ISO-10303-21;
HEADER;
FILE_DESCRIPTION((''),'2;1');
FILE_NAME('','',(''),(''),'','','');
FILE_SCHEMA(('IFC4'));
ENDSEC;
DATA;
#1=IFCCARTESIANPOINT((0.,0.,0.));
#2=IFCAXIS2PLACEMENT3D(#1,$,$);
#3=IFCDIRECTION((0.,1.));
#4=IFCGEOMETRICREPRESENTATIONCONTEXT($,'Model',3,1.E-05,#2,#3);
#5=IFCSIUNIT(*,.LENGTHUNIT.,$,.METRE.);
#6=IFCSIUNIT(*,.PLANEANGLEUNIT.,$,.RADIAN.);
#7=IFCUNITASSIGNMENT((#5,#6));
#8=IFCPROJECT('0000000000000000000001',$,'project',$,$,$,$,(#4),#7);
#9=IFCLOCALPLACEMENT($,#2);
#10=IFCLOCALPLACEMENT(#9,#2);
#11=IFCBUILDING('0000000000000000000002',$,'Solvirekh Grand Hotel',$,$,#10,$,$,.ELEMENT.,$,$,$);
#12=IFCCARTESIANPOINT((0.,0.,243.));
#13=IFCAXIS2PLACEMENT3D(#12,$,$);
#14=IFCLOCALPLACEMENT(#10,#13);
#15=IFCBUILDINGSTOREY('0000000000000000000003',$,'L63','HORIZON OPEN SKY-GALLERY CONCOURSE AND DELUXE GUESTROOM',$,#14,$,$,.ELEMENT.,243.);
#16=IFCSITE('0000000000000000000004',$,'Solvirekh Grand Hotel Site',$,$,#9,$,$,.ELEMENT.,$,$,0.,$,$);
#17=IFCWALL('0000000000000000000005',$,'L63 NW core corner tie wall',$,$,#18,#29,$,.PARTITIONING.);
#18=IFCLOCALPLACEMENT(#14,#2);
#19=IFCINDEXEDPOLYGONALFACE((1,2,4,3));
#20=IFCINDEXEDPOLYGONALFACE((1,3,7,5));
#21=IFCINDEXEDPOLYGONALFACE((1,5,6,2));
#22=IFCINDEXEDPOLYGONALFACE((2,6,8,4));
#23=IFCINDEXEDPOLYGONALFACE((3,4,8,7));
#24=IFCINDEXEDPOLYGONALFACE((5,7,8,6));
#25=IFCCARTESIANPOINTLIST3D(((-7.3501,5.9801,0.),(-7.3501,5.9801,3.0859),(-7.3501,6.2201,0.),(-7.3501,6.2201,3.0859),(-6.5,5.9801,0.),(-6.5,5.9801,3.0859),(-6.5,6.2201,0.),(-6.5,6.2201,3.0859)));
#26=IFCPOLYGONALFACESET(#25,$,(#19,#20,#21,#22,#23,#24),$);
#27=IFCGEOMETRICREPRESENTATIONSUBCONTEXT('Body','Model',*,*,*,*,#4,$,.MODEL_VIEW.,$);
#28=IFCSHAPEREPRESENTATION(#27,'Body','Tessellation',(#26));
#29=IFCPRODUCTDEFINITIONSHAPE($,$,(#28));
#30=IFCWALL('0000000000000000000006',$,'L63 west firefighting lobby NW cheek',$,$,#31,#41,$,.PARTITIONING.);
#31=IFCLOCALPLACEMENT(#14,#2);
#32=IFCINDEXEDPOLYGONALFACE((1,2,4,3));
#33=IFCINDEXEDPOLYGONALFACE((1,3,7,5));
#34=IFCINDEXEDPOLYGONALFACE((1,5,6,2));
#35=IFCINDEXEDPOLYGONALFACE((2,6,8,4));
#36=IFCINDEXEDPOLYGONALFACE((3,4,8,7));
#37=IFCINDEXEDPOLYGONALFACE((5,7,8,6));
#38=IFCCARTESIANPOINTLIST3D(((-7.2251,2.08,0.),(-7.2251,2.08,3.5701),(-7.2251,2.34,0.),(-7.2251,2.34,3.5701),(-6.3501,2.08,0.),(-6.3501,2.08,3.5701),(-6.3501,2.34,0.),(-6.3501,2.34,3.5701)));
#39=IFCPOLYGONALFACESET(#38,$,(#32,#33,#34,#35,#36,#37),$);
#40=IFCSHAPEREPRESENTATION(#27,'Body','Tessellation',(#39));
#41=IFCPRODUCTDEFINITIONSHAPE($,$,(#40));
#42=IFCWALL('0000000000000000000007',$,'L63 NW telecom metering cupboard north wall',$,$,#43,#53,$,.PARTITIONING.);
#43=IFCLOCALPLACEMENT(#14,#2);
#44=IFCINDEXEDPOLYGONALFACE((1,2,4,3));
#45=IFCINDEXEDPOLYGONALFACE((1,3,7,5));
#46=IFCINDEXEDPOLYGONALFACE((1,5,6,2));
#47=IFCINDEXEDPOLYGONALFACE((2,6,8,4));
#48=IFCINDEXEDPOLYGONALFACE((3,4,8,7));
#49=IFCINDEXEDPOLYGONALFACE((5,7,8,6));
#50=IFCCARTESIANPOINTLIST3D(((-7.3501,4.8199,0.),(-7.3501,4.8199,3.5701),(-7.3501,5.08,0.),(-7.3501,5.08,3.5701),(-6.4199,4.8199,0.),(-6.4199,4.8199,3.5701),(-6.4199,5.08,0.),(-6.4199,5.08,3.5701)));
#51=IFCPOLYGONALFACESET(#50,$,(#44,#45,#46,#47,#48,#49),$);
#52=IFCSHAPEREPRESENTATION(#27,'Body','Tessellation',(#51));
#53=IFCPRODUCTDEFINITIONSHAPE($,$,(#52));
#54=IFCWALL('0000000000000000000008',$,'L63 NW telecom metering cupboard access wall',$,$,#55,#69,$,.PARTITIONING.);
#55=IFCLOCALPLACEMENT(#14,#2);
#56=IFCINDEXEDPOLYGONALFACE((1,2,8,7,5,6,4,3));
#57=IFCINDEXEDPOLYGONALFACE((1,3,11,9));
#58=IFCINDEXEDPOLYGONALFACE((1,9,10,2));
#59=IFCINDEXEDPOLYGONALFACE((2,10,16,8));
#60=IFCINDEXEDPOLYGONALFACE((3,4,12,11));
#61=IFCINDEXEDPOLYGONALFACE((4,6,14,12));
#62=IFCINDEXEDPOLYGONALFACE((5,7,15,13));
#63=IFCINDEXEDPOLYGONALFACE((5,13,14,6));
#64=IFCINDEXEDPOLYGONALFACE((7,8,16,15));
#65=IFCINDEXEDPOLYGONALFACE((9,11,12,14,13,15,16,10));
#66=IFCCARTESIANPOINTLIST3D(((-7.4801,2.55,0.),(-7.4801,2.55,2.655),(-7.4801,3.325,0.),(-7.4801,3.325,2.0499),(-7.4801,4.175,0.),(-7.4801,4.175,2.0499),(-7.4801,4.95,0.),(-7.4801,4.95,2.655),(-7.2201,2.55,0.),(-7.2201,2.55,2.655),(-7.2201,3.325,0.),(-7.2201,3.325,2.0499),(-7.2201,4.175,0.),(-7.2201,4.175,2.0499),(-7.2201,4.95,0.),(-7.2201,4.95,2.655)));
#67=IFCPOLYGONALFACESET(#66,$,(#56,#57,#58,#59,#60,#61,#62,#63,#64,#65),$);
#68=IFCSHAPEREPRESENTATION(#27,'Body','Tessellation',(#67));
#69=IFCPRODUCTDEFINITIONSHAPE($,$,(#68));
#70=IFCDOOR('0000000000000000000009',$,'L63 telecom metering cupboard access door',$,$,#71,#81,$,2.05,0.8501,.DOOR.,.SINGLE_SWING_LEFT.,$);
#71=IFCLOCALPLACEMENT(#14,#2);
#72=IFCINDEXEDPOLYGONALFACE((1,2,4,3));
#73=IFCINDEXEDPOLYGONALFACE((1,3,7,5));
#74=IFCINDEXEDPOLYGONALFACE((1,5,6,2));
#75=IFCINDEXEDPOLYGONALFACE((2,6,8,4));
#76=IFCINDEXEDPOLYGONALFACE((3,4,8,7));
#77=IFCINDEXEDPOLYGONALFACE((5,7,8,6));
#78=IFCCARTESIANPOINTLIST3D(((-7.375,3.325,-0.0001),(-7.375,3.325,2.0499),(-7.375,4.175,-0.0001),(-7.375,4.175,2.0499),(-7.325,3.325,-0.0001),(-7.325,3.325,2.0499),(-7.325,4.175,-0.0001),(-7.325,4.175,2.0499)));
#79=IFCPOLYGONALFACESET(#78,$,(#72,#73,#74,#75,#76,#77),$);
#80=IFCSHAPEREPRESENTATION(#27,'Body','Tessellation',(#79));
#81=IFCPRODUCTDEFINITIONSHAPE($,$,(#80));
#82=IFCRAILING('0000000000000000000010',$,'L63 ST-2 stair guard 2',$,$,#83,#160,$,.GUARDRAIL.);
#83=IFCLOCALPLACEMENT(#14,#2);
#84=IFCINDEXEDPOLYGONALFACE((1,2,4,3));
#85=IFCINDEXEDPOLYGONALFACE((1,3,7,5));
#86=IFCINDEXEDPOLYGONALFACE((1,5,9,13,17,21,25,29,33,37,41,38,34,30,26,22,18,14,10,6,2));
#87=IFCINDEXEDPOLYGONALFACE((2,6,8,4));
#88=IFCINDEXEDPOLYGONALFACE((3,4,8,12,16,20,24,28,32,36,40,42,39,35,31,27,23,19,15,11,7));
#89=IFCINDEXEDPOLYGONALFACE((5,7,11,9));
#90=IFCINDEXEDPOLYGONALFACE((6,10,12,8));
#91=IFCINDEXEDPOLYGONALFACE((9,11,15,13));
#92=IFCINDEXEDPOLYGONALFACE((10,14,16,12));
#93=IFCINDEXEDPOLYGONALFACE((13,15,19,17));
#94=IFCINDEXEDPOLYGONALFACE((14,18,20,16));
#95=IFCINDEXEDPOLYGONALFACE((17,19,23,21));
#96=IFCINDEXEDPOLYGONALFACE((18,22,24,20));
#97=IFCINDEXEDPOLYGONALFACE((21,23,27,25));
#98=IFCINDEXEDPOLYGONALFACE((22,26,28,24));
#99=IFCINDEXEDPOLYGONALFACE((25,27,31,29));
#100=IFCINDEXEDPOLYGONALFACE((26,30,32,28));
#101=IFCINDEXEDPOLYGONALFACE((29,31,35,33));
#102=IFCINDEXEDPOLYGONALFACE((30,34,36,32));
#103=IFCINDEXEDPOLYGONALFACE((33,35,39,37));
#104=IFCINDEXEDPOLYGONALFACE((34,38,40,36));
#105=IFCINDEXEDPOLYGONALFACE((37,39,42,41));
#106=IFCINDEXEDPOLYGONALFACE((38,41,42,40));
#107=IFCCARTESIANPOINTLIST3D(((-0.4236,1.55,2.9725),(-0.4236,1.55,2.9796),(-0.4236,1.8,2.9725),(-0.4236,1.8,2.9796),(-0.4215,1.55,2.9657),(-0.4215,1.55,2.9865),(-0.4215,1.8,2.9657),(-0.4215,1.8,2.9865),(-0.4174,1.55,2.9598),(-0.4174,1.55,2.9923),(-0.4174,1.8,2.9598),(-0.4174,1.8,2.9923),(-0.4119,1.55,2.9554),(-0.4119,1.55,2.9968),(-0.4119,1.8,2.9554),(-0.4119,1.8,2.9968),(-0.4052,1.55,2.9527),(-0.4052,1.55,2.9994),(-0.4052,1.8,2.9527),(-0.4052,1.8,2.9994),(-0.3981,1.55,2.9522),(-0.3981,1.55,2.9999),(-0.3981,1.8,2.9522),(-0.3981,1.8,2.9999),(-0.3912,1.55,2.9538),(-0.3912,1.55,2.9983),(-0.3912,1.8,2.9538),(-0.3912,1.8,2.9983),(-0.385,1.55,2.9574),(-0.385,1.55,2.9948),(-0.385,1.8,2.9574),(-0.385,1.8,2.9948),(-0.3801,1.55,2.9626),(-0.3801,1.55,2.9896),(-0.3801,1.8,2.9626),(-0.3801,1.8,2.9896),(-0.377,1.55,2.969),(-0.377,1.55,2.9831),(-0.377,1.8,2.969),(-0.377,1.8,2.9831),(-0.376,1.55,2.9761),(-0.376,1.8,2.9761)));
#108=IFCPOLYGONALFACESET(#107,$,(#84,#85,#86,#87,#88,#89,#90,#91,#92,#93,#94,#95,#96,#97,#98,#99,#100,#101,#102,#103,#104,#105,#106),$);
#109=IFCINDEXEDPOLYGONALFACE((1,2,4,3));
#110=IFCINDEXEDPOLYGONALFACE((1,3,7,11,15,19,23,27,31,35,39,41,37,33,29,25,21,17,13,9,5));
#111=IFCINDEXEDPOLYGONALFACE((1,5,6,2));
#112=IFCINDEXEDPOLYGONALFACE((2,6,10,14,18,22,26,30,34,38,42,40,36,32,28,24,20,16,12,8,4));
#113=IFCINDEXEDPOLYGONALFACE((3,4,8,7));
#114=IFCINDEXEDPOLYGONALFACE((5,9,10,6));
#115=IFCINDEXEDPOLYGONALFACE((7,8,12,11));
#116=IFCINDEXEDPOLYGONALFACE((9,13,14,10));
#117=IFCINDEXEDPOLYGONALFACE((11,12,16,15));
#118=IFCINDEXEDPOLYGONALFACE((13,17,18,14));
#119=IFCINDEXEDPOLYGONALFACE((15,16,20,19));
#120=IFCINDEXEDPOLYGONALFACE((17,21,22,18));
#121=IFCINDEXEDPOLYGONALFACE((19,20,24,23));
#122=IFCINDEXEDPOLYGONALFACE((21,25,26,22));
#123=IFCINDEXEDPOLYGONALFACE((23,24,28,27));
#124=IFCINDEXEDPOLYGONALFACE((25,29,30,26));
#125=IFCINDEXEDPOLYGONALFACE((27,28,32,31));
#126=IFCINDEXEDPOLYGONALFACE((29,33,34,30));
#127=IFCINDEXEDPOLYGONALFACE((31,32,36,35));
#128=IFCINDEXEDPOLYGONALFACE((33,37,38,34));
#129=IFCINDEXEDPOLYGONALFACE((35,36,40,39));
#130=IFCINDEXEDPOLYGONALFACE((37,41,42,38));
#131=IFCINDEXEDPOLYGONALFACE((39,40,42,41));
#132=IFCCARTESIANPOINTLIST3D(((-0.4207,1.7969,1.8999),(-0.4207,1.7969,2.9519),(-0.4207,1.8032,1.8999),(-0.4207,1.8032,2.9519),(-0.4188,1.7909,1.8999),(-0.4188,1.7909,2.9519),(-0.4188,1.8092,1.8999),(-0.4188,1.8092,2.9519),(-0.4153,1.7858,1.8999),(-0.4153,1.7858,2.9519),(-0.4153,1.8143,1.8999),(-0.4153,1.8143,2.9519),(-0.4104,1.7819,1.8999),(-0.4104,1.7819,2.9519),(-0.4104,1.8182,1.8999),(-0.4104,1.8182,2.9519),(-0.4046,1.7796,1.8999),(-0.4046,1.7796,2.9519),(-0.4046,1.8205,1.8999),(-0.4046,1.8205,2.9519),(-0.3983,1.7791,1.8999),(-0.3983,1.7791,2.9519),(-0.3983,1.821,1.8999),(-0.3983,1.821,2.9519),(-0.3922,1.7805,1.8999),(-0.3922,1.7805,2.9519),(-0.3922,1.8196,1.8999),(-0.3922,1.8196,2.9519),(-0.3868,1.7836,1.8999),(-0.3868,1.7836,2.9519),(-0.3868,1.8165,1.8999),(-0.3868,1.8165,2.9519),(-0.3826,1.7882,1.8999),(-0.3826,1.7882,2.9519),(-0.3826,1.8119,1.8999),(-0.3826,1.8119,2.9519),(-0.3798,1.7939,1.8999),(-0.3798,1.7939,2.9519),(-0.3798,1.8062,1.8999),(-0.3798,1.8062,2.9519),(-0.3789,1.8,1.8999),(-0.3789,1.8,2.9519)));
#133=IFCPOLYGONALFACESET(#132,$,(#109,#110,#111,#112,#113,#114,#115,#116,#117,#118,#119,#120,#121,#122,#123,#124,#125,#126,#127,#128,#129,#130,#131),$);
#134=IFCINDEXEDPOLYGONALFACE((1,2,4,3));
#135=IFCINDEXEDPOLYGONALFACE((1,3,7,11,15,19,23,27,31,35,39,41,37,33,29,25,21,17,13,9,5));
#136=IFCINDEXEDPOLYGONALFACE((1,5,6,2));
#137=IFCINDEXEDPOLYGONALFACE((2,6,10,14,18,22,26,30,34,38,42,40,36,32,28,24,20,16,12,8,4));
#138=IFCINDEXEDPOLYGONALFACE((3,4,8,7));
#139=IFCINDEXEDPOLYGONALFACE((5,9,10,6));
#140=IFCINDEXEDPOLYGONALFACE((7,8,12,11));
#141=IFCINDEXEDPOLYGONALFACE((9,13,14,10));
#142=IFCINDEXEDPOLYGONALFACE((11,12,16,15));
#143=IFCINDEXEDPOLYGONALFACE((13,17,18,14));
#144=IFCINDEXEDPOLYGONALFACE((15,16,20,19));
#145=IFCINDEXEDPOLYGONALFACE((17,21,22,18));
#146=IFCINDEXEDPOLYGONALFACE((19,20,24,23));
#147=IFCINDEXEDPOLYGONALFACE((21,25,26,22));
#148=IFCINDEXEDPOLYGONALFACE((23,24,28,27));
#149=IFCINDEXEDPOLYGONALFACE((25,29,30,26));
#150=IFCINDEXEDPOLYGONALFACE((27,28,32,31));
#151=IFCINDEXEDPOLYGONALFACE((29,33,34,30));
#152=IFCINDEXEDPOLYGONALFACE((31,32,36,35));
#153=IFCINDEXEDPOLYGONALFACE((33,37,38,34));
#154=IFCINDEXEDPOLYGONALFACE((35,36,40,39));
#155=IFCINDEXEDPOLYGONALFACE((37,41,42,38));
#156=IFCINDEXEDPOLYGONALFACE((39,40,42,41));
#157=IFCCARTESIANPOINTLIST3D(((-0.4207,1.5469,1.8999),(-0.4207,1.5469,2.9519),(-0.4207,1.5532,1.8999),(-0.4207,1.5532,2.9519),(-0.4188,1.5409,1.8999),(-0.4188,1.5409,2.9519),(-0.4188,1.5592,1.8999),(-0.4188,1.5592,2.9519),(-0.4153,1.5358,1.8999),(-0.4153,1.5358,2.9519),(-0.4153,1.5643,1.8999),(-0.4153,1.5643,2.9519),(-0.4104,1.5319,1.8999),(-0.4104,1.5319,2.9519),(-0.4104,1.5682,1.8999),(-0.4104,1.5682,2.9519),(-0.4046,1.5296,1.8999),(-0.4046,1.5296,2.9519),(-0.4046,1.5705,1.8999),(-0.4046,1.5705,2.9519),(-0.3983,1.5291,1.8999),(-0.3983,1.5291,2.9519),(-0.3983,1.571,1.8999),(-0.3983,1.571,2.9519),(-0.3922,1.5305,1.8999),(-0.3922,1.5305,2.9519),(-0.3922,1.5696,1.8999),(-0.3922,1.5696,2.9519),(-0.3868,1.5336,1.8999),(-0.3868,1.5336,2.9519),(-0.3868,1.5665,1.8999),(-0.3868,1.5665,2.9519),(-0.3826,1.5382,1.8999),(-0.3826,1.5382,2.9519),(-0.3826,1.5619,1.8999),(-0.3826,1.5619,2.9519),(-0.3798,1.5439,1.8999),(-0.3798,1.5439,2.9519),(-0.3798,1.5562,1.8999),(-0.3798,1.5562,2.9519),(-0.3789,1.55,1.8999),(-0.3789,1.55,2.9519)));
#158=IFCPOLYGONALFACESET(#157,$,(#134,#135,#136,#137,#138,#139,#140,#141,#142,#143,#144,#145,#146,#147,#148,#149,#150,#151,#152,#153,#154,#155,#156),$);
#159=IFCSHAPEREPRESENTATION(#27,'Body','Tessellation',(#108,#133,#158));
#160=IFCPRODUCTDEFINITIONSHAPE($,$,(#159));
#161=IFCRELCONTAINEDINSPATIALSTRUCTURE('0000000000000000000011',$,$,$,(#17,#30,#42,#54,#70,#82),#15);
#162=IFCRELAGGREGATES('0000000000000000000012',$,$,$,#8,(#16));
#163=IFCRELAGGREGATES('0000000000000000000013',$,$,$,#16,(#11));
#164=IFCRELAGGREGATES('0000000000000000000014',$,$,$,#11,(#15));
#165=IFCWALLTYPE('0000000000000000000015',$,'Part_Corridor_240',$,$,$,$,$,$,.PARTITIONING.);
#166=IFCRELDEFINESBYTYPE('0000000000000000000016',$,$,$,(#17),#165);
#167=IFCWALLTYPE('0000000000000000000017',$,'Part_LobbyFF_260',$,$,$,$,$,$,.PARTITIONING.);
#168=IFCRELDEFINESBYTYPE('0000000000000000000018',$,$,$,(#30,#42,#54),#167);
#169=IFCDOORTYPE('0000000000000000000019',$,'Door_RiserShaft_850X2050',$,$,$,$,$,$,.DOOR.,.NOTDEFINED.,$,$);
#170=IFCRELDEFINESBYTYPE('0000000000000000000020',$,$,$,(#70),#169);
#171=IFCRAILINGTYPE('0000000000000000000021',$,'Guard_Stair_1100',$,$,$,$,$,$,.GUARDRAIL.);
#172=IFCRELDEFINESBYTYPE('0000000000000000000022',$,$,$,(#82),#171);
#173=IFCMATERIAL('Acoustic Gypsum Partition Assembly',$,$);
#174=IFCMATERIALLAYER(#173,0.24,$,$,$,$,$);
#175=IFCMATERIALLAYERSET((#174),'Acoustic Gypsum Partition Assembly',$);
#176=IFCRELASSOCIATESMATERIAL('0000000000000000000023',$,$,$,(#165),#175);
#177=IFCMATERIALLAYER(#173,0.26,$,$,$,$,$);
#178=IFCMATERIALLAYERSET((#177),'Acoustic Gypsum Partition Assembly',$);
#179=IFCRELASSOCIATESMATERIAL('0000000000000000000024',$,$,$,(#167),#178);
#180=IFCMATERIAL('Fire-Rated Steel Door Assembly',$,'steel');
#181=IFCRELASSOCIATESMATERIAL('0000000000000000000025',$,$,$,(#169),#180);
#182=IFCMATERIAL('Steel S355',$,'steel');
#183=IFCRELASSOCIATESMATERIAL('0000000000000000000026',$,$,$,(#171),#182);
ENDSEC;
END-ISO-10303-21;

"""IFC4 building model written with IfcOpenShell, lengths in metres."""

from ifc_helpers import new_model, si_unit, direction, frame, frame_2d, origin, origin_2d, place, context, subcontext, project, spatial, rectangle, circle, extrude, material, layer, layer_set, type_object, element, fill, save


model = new_model("IFC4")

# Units and contexts
model_context = context("Model", 3, precision=1e-05, world=origin(), true_north=direction((0.0, 1.0)))
body_context = subcontext(model_context, "Body", "Model", "MODEL_VIEW")
ifc_project = project(units=[si_unit("LENGTHUNIT", "METRE"), si_unit("PLANEANGLEUNIT", "RADIAN")], contexts=[model_context])

# Site, building, storey
site_placement = place(None, origin())
site = spatial("IfcSite", under=ifc_project, at=site_placement, Name="Solvirekh Grand Hotel Site", CompositionType="ELEMENT", RefElevation=0.0)
building_placement = place(site_placement, origin())
building = spatial("IfcBuilding", under=site, at=building_placement, Name="Solvirekh Grand Hotel", CompositionType="ELEMENT")
storey_placement = place(building_placement, frame((0.0, 0.0, 243.0)))
storey = spatial("IfcBuildingStorey", under=building, at=storey_placement, Name="L63", Description="HORIZON OPEN SKY-GALLERY CONCOURSE AND DELUXE GUESTROOM", CompositionType="ELEMENT", Elevation=243.0)

# Shared definitions
ifc_material_1 = material(Name="Fire-Rated Steel Door Assembly", Category="steel")

# Walls
ifc_material_2 = material(Name="Acoustic Gypsum Partition Assembly")
ifc_layer_1 = layer(ifc_material_2, 0.24)
ifc_layer_set_1 = layer_set([ifc_layer_1], Name="Acoustic Gypsum Partition Assembly")
wall_type_1 = type_object("IfcWallType", Name="Part_Corridor_240", PredefinedType="PARTITIONING", material=ifc_layer_set_1)
wall_1_placement = place(storey_placement, frame((-7.3501, 6.1001, 0.0), z_axis=(0.0, 0.0, 1.0), x_axis=(1.0, 0.0, 0.0)))
element("IfcWall", 1, at=wall_1_placement, inside=storey, type_object=wall_type_1, Name="L63 NW core corner tie wall", PredefinedType="PARTITIONING", context=body_context, shape_type="SweptSolid", body=[
    extrude(rectangle(XDim=0.8501, YDim=0.24, at=frame_2d((0.425, 0.0))), origin(), (0.0, 0.0, 1.0), 3.0859),
])
ifc_layer_2 = layer(ifc_material_2, 0.26)
ifc_layer_set_2 = layer_set([ifc_layer_2], Name="Acoustic Gypsum Partition Assembly")
wall_type_2 = type_object("IfcWallType", Name="Part_LobbyFF_260", PredefinedType="PARTITIONING", material=ifc_layer_set_2)
wall_2_placement = place(storey_placement, frame((-7.2251, 2.21, 0.0), z_axis=(0.0, 0.0, 1.0), x_axis=(1.0, 0.0, 0.0)))
element("IfcWall", 2, at=wall_2_placement, inside=storey, type_object=wall_type_2, Name="L63 west firefighting lobby NW cheek", PredefinedType="PARTITIONING", context=body_context, shape_type="SweptSolid", body=[
    extrude(rectangle(XDim=0.875, YDim=0.26, at=frame_2d((0.4375, 0.0))), origin(), (0.0, 0.0, 1.0), 3.5701),
])
wall_3_placement = place(storey_placement, frame((-7.3501, 4.95, 0.0), z_axis=(0.0, 0.0, 1.0), x_axis=(1.0, 0.0, 0.0)))
element("IfcWall", 3, at=wall_3_placement, inside=storey, type_object=wall_type_2, Name="L63 NW telecom metering cupboard north wall", PredefinedType="PARTITIONING", context=body_context, shape_type="SweptSolid", body=[
    extrude(rectangle(XDim=0.9302, YDim=0.26, at=frame_2d((0.4651, 0.0))), origin(), (0.0, 0.0, 1.0), 3.5701),
])

# Wall, opening, door
wall_4_placement = place(storey_placement, frame((-7.3501, 2.55, 0.0), z_axis=(0.0, 0.0, 1.0), x_axis=(0.0, 1.0, 0.0)))
wall_4 = element("IfcWall", 4, at=wall_4_placement, inside=storey, type_object=wall_type_2, Name="L63 NW telecom metering cupboard access wall", PredefinedType="PARTITIONING", context=body_context, shape_type="SweptSolid", body=[
    extrude(rectangle(XDim=2.3999, YDim=0.26, at=frame_2d((1.2, 0.0))), origin(), (0.0, 0.0, 1.0), 2.655),
])
opening_1_placement = place(wall_4_placement, frame((0.7749, 0.0, 0.0)))
opening_1 = element("IfcOpeningElement", 5, at=opening_1_placement, cuts=wall_4, PredefinedType="OPENING", context=body_context, shape_type="SweptSolid", body=[
    extrude(rectangle(XDim=0.8501, YDim=2.05, at=frame_2d((0.425, 1.0249))), frame((0.0, 0.1401, 0.0), z_axis=(0.0, -1.0, 0.0), x_axis=(1.0, 0.0, 0.0)), (0.0, 0.0, 1.0), 0.28),
])
door_type_1 = type_object("IfcDoorType", Name="Door_RiserShaft_850X2050", OperationType="NOTDEFINED", PredefinedType="DOOR", material=ifc_material_1)
door_1_placement = place(opening_1_placement, origin())
door_1 = element("IfcDoor", 6, at=door_1_placement, inside=storey, type_object=door_type_1, Name="L63 telecom metering cupboard access door", OperationType="SINGLE_SWING_LEFT", OverallHeight=2.05, OverallWidth=0.8501, PredefinedType="DOOR", context=body_context, shape_type="SweptSolid", body=[
    extrude(rectangle(XDim=0.8501, YDim=2.05, at=frame_2d((0.425, 1.0249))), frame((0.0, 0.0249, 0.0), z_axis=(0.0, -1.0, 0.0), x_axis=(1.0, 0.0, 0.0)), (0.0, 0.0, 1.0), 0.05),
])
fill(opening_1, door_1)

# Railing
ifc_material_3 = material(Name="Steel S355", Category="steel")
railing_type = type_object("IfcRailingType", Name="Guard_Stair_1100", PredefinedType="GUARDRAIL", material=ifc_material_3)
railing_placement = place(storey_placement, frame((-0.3999, 1.8, 1.8999)))
element("IfcRailing", 7, at=railing_placement, inside=storey, type_object=railing_type, Name="L63 ST-2 stair guard 2", PredefinedType="GUARDRAIL", context=body_context, shape_type="SweptSolid", body=[
    extrude(circle(Radius=0.0239, at=origin_2d()), frame((0.0, 0.0, 1.0762), z_axis=(0.0, -1.0, 0.0), x_axis=(1.0, 0.0, 0.0)), (0.0, 0.0, 1.0), 0.25),
    extrude(circle(Radius=0.021, at=origin_2d()), origin(), (0.0, 0.0, 1.0), 1.052),
    extrude(circle(Radius=0.021, at=origin_2d()), frame((0.0, -0.25, 0.0)), (0.0, 0.0, 1.0), 1.052),
])

save(model, "model.ifc")
